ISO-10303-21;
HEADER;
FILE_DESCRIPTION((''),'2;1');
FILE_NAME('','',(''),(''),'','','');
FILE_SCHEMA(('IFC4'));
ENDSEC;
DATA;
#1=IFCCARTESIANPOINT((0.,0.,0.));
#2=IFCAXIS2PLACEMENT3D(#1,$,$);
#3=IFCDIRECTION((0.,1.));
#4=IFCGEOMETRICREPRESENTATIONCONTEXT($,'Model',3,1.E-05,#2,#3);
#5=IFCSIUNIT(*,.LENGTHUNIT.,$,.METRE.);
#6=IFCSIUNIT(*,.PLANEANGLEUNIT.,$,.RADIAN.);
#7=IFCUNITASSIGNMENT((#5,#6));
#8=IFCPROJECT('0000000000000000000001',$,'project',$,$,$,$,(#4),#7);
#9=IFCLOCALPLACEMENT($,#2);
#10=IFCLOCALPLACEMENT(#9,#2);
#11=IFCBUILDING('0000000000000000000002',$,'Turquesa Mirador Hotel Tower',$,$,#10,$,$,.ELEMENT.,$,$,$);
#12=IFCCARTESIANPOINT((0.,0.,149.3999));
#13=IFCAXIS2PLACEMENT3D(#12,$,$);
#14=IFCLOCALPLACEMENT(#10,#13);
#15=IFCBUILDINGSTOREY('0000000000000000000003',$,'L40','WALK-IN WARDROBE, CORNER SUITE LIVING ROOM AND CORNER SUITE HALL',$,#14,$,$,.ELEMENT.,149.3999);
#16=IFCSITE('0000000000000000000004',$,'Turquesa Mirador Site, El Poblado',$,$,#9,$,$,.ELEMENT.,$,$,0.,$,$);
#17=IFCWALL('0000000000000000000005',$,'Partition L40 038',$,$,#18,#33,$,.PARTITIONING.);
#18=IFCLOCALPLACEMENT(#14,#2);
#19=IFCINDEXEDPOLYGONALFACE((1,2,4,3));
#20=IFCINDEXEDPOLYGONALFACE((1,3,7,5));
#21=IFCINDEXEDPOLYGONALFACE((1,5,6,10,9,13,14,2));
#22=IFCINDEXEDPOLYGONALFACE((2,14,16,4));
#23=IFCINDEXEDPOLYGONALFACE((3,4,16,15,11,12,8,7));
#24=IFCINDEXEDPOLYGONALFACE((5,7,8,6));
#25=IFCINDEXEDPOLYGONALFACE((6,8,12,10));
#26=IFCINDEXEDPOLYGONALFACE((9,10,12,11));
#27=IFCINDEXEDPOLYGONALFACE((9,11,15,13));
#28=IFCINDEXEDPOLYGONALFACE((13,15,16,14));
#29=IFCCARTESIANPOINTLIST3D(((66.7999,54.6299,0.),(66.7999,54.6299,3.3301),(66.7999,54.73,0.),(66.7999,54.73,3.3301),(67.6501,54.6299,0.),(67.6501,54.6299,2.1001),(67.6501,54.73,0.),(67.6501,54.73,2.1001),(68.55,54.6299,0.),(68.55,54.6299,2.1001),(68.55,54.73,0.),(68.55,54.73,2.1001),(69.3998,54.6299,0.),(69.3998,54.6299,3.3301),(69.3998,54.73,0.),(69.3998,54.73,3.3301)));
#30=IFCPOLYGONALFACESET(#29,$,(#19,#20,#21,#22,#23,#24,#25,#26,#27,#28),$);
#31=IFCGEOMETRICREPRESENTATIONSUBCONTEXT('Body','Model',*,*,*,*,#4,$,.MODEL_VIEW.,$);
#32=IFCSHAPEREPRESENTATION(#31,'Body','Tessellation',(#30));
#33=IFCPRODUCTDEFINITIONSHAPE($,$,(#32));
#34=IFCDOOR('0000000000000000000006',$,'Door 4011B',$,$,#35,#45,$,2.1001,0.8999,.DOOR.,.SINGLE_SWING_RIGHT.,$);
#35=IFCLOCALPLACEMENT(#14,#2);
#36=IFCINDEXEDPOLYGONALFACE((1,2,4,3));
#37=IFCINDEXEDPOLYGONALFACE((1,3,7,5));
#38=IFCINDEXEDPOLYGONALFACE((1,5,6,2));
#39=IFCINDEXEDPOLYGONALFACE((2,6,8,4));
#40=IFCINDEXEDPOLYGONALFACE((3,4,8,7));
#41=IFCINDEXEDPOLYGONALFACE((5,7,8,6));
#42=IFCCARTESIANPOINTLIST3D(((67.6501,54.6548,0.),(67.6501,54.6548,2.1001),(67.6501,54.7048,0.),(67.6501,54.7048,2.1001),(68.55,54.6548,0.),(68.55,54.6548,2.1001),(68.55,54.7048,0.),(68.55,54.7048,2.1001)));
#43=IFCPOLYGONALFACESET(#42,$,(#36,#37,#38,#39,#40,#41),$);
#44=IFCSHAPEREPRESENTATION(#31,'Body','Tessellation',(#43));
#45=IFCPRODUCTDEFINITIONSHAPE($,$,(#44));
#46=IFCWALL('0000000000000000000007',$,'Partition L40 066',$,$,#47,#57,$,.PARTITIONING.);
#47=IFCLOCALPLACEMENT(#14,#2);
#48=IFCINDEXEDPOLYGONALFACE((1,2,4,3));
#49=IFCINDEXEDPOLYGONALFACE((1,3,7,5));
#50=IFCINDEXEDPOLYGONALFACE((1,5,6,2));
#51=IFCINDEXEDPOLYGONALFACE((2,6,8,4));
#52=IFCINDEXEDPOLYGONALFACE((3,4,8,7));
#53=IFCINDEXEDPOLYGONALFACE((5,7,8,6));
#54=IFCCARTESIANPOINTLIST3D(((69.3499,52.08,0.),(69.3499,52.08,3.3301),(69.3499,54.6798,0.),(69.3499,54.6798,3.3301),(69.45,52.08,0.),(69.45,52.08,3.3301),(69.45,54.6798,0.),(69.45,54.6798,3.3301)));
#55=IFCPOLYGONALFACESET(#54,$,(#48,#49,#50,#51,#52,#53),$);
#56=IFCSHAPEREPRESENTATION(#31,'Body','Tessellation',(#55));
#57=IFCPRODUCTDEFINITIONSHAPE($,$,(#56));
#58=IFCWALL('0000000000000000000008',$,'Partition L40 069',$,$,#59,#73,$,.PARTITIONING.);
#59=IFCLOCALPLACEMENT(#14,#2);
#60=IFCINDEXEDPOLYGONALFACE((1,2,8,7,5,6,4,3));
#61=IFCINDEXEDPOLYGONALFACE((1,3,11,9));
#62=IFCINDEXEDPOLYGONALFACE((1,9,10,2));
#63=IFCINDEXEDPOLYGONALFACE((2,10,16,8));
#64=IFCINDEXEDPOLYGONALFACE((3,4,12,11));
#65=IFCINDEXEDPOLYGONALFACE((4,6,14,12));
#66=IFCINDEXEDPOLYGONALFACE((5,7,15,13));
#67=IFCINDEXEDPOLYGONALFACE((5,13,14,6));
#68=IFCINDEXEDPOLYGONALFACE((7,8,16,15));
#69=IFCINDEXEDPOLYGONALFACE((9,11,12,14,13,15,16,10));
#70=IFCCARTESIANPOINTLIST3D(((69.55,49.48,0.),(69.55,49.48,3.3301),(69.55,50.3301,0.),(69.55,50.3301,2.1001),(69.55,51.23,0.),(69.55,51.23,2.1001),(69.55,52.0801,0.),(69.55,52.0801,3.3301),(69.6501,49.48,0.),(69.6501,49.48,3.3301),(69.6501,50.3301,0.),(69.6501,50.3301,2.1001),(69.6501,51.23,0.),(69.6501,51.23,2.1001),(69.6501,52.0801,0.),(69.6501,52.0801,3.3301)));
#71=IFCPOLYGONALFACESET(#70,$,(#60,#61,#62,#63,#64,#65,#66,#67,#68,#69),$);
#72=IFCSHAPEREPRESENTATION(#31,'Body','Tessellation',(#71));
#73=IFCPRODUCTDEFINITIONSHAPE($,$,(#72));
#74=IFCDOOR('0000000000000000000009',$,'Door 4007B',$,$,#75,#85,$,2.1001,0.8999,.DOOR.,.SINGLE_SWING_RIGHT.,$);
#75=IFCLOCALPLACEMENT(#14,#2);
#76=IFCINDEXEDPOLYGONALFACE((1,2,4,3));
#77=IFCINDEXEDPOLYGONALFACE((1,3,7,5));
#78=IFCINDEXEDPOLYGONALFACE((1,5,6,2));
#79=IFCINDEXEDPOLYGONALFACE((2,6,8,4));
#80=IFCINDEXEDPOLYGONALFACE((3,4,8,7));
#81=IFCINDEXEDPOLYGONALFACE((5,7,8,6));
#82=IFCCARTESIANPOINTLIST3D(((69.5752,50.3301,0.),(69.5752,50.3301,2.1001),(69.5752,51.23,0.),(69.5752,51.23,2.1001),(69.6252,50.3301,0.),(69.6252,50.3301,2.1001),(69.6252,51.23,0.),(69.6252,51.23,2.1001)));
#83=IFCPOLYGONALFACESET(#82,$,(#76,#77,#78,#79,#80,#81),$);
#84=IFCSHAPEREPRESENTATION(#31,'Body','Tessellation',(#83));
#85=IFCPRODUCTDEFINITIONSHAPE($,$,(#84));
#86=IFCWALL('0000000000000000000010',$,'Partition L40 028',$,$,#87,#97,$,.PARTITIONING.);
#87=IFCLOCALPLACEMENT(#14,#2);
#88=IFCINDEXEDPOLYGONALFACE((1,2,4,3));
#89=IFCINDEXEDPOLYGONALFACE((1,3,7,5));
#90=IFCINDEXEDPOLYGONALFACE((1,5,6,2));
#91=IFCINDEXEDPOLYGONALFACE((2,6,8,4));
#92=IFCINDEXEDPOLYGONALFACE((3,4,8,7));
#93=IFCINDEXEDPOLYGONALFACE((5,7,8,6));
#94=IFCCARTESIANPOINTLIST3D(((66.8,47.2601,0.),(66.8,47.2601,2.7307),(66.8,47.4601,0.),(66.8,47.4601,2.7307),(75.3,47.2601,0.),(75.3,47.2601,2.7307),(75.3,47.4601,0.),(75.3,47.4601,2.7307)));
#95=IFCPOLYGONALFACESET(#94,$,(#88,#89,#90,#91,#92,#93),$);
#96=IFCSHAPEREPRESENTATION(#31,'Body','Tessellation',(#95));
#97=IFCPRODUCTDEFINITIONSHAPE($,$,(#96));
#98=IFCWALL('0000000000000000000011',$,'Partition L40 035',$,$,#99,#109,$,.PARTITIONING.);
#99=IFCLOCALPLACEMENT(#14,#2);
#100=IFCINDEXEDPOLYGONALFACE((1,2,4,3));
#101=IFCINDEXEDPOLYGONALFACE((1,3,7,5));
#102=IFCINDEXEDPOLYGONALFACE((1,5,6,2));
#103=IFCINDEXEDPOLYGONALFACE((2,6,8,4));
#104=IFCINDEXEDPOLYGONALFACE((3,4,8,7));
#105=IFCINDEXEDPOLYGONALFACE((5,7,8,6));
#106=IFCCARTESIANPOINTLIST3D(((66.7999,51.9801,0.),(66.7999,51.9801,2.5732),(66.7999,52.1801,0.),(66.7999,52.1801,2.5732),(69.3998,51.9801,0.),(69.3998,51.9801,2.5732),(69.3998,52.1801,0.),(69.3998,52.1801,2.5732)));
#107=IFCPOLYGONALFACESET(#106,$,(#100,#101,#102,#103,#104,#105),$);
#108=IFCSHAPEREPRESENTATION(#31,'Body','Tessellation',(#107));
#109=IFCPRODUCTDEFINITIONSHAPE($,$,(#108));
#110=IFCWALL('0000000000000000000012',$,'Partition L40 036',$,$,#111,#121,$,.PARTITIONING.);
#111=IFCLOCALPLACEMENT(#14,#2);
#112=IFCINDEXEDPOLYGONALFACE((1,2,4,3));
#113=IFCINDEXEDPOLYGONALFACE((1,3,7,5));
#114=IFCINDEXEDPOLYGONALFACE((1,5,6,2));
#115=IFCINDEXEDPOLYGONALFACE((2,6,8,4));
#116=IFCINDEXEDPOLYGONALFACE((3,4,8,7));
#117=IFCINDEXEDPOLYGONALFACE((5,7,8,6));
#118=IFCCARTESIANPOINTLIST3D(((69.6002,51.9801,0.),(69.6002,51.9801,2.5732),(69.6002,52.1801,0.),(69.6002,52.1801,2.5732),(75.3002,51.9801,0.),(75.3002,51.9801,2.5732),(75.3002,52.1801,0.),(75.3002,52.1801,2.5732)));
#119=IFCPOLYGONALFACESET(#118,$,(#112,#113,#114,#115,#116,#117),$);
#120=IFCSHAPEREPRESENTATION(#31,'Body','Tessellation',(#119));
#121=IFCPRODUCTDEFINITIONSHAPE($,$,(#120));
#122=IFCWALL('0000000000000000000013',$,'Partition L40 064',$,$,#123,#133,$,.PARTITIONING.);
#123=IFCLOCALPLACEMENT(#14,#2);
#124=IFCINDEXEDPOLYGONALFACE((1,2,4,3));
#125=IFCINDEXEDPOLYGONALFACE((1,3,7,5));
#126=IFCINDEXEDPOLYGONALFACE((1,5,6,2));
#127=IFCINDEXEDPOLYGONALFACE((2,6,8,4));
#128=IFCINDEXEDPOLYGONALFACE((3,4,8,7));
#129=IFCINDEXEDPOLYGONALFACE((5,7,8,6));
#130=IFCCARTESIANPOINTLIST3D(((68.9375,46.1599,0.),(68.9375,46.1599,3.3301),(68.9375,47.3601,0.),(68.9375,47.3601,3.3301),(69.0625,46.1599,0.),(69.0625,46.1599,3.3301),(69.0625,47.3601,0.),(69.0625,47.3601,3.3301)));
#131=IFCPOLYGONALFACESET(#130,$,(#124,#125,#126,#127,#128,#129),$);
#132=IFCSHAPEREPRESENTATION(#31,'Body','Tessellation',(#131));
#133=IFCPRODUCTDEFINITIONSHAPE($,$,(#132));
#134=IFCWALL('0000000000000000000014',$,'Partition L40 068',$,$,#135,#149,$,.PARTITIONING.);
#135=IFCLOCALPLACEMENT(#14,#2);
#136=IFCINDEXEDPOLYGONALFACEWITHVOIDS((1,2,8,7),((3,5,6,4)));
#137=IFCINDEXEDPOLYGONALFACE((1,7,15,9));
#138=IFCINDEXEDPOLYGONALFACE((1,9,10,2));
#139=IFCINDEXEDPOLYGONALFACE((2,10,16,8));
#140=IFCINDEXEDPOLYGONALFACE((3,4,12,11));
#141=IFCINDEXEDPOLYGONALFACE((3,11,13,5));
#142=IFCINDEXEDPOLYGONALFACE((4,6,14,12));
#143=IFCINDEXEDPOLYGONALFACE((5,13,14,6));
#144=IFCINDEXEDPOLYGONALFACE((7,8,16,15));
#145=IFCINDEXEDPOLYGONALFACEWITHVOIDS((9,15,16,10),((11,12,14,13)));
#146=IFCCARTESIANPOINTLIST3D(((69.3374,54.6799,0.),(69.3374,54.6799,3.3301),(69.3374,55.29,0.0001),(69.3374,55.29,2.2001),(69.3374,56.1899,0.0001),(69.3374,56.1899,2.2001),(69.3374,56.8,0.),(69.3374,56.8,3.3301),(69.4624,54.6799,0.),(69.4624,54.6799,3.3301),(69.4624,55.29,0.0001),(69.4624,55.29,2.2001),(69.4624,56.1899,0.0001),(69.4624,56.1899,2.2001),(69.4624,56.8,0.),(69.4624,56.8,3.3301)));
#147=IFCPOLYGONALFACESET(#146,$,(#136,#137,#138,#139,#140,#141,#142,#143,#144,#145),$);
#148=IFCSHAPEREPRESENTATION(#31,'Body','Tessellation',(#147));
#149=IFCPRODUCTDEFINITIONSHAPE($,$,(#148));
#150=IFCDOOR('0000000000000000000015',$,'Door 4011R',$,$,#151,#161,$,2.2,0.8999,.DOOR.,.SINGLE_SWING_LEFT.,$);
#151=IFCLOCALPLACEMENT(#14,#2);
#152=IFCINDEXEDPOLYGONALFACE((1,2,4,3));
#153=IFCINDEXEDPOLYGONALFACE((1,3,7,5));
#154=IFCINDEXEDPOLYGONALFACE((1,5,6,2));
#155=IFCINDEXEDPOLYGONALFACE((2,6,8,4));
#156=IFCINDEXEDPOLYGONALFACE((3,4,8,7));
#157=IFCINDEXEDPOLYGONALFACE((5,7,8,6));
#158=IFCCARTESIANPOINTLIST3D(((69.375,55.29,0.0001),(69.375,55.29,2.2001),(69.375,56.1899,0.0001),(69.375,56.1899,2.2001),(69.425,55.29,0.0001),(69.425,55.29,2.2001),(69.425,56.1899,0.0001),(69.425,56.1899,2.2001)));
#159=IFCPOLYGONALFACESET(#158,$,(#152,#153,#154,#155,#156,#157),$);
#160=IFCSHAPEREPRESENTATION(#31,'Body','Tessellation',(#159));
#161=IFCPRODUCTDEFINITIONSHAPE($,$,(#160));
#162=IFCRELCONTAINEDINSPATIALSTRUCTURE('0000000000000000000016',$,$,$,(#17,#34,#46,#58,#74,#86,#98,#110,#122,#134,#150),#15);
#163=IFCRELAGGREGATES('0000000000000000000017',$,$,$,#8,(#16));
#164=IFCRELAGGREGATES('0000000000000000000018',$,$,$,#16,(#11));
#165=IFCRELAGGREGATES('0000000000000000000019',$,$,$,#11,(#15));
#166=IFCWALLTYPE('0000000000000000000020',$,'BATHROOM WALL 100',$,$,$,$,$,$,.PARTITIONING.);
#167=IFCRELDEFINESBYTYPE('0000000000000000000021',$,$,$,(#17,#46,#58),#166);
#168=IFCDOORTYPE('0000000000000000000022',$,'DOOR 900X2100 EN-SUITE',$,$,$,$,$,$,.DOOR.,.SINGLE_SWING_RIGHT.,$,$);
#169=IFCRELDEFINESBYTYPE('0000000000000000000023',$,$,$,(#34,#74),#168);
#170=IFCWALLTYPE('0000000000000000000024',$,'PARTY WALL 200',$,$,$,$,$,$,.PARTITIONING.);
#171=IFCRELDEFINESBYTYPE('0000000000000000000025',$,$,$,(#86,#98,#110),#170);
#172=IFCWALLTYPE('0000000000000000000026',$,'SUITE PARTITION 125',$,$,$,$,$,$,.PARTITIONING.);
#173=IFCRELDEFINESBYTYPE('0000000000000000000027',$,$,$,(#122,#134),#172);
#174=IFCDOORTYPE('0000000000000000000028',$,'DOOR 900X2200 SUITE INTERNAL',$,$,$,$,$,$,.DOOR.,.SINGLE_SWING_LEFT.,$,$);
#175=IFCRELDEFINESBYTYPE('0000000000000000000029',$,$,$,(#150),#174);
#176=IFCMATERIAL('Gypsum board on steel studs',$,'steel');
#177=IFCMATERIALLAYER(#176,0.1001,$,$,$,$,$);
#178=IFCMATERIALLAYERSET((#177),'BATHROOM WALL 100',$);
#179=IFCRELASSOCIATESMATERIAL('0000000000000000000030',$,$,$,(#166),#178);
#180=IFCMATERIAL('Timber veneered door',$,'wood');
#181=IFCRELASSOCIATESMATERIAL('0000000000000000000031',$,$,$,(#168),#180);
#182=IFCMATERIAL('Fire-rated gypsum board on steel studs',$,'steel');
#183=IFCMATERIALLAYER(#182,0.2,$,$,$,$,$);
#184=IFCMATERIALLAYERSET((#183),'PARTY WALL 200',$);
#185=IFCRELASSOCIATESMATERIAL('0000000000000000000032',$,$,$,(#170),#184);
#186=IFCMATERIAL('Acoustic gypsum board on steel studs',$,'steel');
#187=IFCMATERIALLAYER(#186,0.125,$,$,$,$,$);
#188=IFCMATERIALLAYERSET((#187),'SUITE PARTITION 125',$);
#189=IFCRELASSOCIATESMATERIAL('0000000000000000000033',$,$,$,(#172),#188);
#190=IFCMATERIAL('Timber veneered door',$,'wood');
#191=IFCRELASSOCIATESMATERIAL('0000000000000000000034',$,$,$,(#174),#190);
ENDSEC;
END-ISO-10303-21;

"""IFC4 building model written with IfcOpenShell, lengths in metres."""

from ifc_helpers import new_model, si_unit, direction, frame, frame_2d, origin, place, context, subcontext, project, spatial, rectangle, extrude, material, layer, layer_set, type_object, element, fill, save


model = new_model("IFC4")

# Units and contexts
model_context = context("Model", 3, precision=1e-05, world=origin(), true_north=direction((0.0, 1.0)))
body_context = subcontext(model_context, "Body", "Model", "MODEL_VIEW")
ifc_project = project(units=[si_unit("LENGTHUNIT", "METRE"), si_unit("PLANEANGLEUNIT", "RADIAN")], contexts=[model_context])

# Site, building, storey
site_placement = place(None, origin())
site = spatial("IfcSite", under=ifc_project, at=site_placement, Name="Turquesa Mirador Site, El Poblado", CompositionType="ELEMENT", RefElevation=0.0)
building_placement = place(site_placement, origin())
building = spatial("IfcBuilding", under=site, at=building_placement, Name="Turquesa Mirador Hotel Tower", CompositionType="ELEMENT")
storey_placement = place(building_placement, frame((0.0, 0.0, 149.3999)))
storey = spatial("IfcBuildingStorey", under=building, at=storey_placement, Name="L40", Description="WALK-IN WARDROBE, CORNER SUITE LIVING ROOM AND CORNER SUITE HALL", CompositionType="ELEMENT", Elevation=149.3999)

# Shared definitions
ifc_material_1 = material(Name="Gypsum board on steel studs", Category="steel")
ifc_layer_1 = layer(ifc_material_1, 0.1001)
ifc_layer_set_1 = layer_set([ifc_layer_1], Name="BATHROOM WALL 100")
wall_type_1 = type_object("IfcWallType", Name="BATHROOM WALL 100", PredefinedType="PARTITIONING", material=ifc_layer_set_1)

# Wall, opening, door
wall_1_placement = place(storey_placement, frame((66.8, 54.6799, 0.0), z_axis=(0.0, 0.0, 1.0), x_axis=(1.0, 0.0, 0.0)))
wall_1 = element("IfcWall", 1, at=wall_1_placement, inside=storey, type_object=wall_type_1, Name="Partition L40 038", PredefinedType="PARTITIONING", context=body_context, shape_type="SweptSolid", body=[
    extrude(rectangle(XDim=2.5999, YDim=0.1001, at=frame_2d((1.2998, 0.0))), origin(), (0.0, 0.0, 1.0), 3.3301),
])
opening_1_placement = place(wall_1_placement, frame((0.8501, 0.0, 0.0)))
opening_1 = element("IfcOpeningElement", 2, at=opening_1_placement, cuts=wall_1, PredefinedType="OPENING", context=body_context, shape_type="SweptSolid", body=[
    extrude(rectangle(XDim=0.8999, YDim=2.1001, at=frame_2d((0.45, 1.05))), frame((0.0, 0.0601, 0.0), z_axis=(0.0, -1.0, 0.0), x_axis=(1.0, 0.0, 0.0)), (0.0, 0.0, 1.0), 0.1201),
])
ifc_material_2 = material(Name="Timber veneered door", Category="wood")
door_type_1 = type_object("IfcDoorType", Name="DOOR 900X2100 EN-SUITE", OperationType="SINGLE_SWING_RIGHT", PredefinedType="DOOR", material=ifc_material_2)
door_1_placement = place(opening_1_placement, origin())
door_1 = element("IfcDoor", 3, at=door_1_placement, inside=storey, type_object=door_type_1, Name="Door 4011B", OperationType="SINGLE_SWING_RIGHT", OverallHeight=2.1001, OverallWidth=0.8999, PredefinedType="DOOR", context=body_context, shape_type="SweptSolid", body=[
    extrude(rectangle(XDim=0.8999, YDim=2.1001, at=frame_2d((0.45, 1.05))), frame((0.0, 0.0249, 0.0), z_axis=(0.0, -1.0, 0.0), x_axis=(1.0, 0.0, 0.0)), (0.0, 0.0, 1.0), 0.05),
])
fill(opening_1, door_1)

# Wall
wall_2_placement = place(storey_placement, frame((69.3999, 52.0801, 0.0), z_axis=(0.0, 0.0, 1.0), x_axis=(0.0, 1.0, 0.0)))
element("IfcWall", 4, at=wall_2_placement, inside=storey, type_object=wall_type_1, Name="Partition L40 066", PredefinedType="PARTITIONING", context=body_context, shape_type="SweptSolid", body=[
    extrude(rectangle(XDim=2.5999, YDim=0.1001, at=frame_2d((1.2998, 0.0))), origin(), (0.0, 0.0, 1.0), 3.3301),
])

# Wall, opening, door
wall_3_placement = place(storey_placement, frame((69.6001, 49.48, 0.0), z_axis=(0.0, 0.0, 1.0), x_axis=(0.0, 1.0, 0.0)))
wall_3 = element("IfcWall", 5, at=wall_3_placement, inside=storey, type_object=wall_type_1, Name="Partition L40 069", PredefinedType="PARTITIONING", context=body_context, shape_type="SweptSolid", body=[
    extrude(rectangle(XDim=2.6001, YDim=0.1001, at=frame_2d((1.3, 0.0))), origin(), (0.0, 0.0, 1.0), 3.3301),
])
opening_2_placement = place(wall_3_placement, frame((0.8501, 0.0, 0.0)))
opening_2 = element("IfcOpeningElement", 6, at=opening_2_placement, cuts=wall_3, PredefinedType="OPENING", context=body_context, shape_type="SweptSolid", body=[
    extrude(rectangle(XDim=0.8999, YDim=2.1001, at=frame_2d((0.45, 1.05))), frame((0.0, 0.0601, 0.0), z_axis=(0.0, -1.0, 0.0), x_axis=(1.0, 0.0, 0.0)), (0.0, 0.0, 1.0), 0.1201),
])
door_2_placement = place(opening_2_placement, origin())
door_2 = element("IfcDoor", 7, at=door_2_placement, inside=storey, type_object=door_type_1, Name="Door 4007B", OperationType="SINGLE_SWING_RIGHT", OverallHeight=2.1001, OverallWidth=0.8999, PredefinedType="DOOR", context=body_context, shape_type="SweptSolid", body=[
    extrude(rectangle(XDim=0.8999, YDim=2.1001, at=frame_2d((0.45, 1.05))), frame((0.0, 0.0249, 0.0), z_axis=(0.0, -1.0, 0.0), x_axis=(1.0, 0.0, 0.0)), (0.0, 0.0, 1.0), 0.05),
])
fill(opening_2, door_2)

# Walls
ifc_material_3 = material(Name="Fire-rated gypsum board on steel studs", Category="steel")
ifc_layer_2 = layer(ifc_material_3, 0.2)
ifc_layer_set_2 = layer_set([ifc_layer_2], Name="PARTY WALL 200")
wall_type_2 = type_object("IfcWallType", Name="PARTY WALL 200", PredefinedType="PARTITIONING", material=ifc_layer_set_2)
wall_4_placement = place(storey_placement, frame((66.8, 47.3601, 0.0), z_axis=(0.0, 0.0, 1.0), x_axis=(1.0, 0.0, 0.0)))
element("IfcWall", 8, at=wall_4_placement, inside=storey, type_object=wall_type_2, Name="Partition L40 028", PredefinedType="PARTITIONING", context=body_context, shape_type="SweptSolid", body=[
    extrude(rectangle(XDim=8.5, YDim=0.2, at=frame_2d((4.25, 0.0))), origin(), (0.0, 0.0, 1.0), 2.7307),
])
wall_5_placement = place(storey_placement, frame((66.8, 52.0801, 0.0), z_axis=(0.0, 0.0, 1.0), x_axis=(1.0, 0.0, 0.0)))
element("IfcWall", 9, at=wall_5_placement, inside=storey, type_object=wall_type_2, Name="Partition L40 035", PredefinedType="PARTITIONING", context=body_context, shape_type="SweptSolid", body=[
    extrude(rectangle(XDim=2.5999, YDim=0.2, at=frame_2d((1.2998, 0.0))), origin(), (0.0, 0.0, 1.0), 2.5732),
])
wall_6_placement = place(storey_placement, frame((69.6001, 52.0801, 0.0), z_axis=(0.0, 0.0, 1.0), x_axis=(1.0, 0.0, 0.0)))
element("IfcWall", 10, at=wall_6_placement, inside=storey, type_object=wall_type_2, Name="Partition L40 036", PredefinedType="PARTITIONING", context=body_context, shape_type="SweptSolid", body=[
    extrude(rectangle(XDim=5.7, YDim=0.2, at=frame_2d((2.8501, 0.0))), origin(), (0.0, 0.0, 1.0), 2.5732),
])
ifc_material_4 = material(Name="Acoustic gypsum board on steel studs", Category="steel")
ifc_layer_3 = layer(ifc_material_4, 0.125)
ifc_layer_set_3 = layer_set([ifc_layer_3], Name="SUITE PARTITION 125")
wall_type_3 = type_object("IfcWallType", Name="SUITE PARTITION 125", PredefinedType="PARTITIONING", material=ifc_layer_set_3)
wall_7_placement = place(storey_placement, frame((69.0, 46.1599, 0.0), z_axis=(0.0, 0.0, 1.0), x_axis=(0.0, 1.0, 0.0)))
element("IfcWall", 11, at=wall_7_placement, inside=storey, type_object=wall_type_3, Name="Partition L40 064", PredefinedType="PARTITIONING", context=body_context, shape_type="SweptSolid", body=[
    extrude(rectangle(XDim=1.2002, YDim=0.125, at=frame_2d((0.6001, 0.0))), origin(), (0.0, 0.0, 1.0), 3.3301),
])

# Wall, opening, door
wall_8_placement = place(storey_placement, frame((69.3999, 54.6799, 0.0), z_axis=(0.0, 0.0, 1.0), x_axis=(0.0, 1.0, 0.0)))
wall_8 = element("IfcWall", 12, at=wall_8_placement, inside=storey, type_object=wall_type_3, Name="Partition L40 068", PredefinedType="PARTITIONING", context=body_context, shape_type="SweptSolid", body=[
    extrude(rectangle(XDim=2.1201, YDim=0.125, at=frame_2d((1.0601, 0.0))), origin(), (0.0, 0.0, 1.0), 3.3301),
])
opening_3_placement = place(wall_8_placement, frame((0.6101, 0.0, 0.0)))
opening_3 = element("IfcOpeningElement", 13, at=opening_3_placement, cuts=wall_8, PredefinedType="OPENING", context=body_context, shape_type="SweptSolid", body=[
    extrude(rectangle(XDim=0.8999, YDim=2.2, at=frame_2d((0.45, 1.1001))), frame((0.0, 0.0725, 0.0), z_axis=(0.0, -1.0, 0.0), x_axis=(1.0, 0.0, 0.0)), (0.0, 0.0, 1.0), 0.145),
])
ifc_material_5 = material(Name="Timber veneered door", Category="wood")
door_type_2 = type_object("IfcDoorType", Name="DOOR 900X2200 SUITE INTERNAL", OperationType="SINGLE_SWING_LEFT", PredefinedType="DOOR", material=ifc_material_5)
door_3_placement = place(opening_3_placement, origin())
door_3 = element("IfcDoor", 14, at=door_3_placement, inside=storey, type_object=door_type_2, Name="Door 4011R", OperationType="SINGLE_SWING_LEFT", OverallHeight=2.2, OverallWidth=0.8999, PredefinedType="DOOR", context=body_context, shape_type="SweptSolid", body=[
    extrude(rectangle(XDim=0.8999, YDim=2.2, at=frame_2d((0.45, 1.1001))), frame((0.0, 0.0249, 0.0), z_axis=(0.0, -1.0, 0.0), x_axis=(1.0, 0.0, 0.0)), (0.0, 0.0, 1.0), 0.05),
])
fill(opening_3, door_3)

save(model, "model.ifc")
